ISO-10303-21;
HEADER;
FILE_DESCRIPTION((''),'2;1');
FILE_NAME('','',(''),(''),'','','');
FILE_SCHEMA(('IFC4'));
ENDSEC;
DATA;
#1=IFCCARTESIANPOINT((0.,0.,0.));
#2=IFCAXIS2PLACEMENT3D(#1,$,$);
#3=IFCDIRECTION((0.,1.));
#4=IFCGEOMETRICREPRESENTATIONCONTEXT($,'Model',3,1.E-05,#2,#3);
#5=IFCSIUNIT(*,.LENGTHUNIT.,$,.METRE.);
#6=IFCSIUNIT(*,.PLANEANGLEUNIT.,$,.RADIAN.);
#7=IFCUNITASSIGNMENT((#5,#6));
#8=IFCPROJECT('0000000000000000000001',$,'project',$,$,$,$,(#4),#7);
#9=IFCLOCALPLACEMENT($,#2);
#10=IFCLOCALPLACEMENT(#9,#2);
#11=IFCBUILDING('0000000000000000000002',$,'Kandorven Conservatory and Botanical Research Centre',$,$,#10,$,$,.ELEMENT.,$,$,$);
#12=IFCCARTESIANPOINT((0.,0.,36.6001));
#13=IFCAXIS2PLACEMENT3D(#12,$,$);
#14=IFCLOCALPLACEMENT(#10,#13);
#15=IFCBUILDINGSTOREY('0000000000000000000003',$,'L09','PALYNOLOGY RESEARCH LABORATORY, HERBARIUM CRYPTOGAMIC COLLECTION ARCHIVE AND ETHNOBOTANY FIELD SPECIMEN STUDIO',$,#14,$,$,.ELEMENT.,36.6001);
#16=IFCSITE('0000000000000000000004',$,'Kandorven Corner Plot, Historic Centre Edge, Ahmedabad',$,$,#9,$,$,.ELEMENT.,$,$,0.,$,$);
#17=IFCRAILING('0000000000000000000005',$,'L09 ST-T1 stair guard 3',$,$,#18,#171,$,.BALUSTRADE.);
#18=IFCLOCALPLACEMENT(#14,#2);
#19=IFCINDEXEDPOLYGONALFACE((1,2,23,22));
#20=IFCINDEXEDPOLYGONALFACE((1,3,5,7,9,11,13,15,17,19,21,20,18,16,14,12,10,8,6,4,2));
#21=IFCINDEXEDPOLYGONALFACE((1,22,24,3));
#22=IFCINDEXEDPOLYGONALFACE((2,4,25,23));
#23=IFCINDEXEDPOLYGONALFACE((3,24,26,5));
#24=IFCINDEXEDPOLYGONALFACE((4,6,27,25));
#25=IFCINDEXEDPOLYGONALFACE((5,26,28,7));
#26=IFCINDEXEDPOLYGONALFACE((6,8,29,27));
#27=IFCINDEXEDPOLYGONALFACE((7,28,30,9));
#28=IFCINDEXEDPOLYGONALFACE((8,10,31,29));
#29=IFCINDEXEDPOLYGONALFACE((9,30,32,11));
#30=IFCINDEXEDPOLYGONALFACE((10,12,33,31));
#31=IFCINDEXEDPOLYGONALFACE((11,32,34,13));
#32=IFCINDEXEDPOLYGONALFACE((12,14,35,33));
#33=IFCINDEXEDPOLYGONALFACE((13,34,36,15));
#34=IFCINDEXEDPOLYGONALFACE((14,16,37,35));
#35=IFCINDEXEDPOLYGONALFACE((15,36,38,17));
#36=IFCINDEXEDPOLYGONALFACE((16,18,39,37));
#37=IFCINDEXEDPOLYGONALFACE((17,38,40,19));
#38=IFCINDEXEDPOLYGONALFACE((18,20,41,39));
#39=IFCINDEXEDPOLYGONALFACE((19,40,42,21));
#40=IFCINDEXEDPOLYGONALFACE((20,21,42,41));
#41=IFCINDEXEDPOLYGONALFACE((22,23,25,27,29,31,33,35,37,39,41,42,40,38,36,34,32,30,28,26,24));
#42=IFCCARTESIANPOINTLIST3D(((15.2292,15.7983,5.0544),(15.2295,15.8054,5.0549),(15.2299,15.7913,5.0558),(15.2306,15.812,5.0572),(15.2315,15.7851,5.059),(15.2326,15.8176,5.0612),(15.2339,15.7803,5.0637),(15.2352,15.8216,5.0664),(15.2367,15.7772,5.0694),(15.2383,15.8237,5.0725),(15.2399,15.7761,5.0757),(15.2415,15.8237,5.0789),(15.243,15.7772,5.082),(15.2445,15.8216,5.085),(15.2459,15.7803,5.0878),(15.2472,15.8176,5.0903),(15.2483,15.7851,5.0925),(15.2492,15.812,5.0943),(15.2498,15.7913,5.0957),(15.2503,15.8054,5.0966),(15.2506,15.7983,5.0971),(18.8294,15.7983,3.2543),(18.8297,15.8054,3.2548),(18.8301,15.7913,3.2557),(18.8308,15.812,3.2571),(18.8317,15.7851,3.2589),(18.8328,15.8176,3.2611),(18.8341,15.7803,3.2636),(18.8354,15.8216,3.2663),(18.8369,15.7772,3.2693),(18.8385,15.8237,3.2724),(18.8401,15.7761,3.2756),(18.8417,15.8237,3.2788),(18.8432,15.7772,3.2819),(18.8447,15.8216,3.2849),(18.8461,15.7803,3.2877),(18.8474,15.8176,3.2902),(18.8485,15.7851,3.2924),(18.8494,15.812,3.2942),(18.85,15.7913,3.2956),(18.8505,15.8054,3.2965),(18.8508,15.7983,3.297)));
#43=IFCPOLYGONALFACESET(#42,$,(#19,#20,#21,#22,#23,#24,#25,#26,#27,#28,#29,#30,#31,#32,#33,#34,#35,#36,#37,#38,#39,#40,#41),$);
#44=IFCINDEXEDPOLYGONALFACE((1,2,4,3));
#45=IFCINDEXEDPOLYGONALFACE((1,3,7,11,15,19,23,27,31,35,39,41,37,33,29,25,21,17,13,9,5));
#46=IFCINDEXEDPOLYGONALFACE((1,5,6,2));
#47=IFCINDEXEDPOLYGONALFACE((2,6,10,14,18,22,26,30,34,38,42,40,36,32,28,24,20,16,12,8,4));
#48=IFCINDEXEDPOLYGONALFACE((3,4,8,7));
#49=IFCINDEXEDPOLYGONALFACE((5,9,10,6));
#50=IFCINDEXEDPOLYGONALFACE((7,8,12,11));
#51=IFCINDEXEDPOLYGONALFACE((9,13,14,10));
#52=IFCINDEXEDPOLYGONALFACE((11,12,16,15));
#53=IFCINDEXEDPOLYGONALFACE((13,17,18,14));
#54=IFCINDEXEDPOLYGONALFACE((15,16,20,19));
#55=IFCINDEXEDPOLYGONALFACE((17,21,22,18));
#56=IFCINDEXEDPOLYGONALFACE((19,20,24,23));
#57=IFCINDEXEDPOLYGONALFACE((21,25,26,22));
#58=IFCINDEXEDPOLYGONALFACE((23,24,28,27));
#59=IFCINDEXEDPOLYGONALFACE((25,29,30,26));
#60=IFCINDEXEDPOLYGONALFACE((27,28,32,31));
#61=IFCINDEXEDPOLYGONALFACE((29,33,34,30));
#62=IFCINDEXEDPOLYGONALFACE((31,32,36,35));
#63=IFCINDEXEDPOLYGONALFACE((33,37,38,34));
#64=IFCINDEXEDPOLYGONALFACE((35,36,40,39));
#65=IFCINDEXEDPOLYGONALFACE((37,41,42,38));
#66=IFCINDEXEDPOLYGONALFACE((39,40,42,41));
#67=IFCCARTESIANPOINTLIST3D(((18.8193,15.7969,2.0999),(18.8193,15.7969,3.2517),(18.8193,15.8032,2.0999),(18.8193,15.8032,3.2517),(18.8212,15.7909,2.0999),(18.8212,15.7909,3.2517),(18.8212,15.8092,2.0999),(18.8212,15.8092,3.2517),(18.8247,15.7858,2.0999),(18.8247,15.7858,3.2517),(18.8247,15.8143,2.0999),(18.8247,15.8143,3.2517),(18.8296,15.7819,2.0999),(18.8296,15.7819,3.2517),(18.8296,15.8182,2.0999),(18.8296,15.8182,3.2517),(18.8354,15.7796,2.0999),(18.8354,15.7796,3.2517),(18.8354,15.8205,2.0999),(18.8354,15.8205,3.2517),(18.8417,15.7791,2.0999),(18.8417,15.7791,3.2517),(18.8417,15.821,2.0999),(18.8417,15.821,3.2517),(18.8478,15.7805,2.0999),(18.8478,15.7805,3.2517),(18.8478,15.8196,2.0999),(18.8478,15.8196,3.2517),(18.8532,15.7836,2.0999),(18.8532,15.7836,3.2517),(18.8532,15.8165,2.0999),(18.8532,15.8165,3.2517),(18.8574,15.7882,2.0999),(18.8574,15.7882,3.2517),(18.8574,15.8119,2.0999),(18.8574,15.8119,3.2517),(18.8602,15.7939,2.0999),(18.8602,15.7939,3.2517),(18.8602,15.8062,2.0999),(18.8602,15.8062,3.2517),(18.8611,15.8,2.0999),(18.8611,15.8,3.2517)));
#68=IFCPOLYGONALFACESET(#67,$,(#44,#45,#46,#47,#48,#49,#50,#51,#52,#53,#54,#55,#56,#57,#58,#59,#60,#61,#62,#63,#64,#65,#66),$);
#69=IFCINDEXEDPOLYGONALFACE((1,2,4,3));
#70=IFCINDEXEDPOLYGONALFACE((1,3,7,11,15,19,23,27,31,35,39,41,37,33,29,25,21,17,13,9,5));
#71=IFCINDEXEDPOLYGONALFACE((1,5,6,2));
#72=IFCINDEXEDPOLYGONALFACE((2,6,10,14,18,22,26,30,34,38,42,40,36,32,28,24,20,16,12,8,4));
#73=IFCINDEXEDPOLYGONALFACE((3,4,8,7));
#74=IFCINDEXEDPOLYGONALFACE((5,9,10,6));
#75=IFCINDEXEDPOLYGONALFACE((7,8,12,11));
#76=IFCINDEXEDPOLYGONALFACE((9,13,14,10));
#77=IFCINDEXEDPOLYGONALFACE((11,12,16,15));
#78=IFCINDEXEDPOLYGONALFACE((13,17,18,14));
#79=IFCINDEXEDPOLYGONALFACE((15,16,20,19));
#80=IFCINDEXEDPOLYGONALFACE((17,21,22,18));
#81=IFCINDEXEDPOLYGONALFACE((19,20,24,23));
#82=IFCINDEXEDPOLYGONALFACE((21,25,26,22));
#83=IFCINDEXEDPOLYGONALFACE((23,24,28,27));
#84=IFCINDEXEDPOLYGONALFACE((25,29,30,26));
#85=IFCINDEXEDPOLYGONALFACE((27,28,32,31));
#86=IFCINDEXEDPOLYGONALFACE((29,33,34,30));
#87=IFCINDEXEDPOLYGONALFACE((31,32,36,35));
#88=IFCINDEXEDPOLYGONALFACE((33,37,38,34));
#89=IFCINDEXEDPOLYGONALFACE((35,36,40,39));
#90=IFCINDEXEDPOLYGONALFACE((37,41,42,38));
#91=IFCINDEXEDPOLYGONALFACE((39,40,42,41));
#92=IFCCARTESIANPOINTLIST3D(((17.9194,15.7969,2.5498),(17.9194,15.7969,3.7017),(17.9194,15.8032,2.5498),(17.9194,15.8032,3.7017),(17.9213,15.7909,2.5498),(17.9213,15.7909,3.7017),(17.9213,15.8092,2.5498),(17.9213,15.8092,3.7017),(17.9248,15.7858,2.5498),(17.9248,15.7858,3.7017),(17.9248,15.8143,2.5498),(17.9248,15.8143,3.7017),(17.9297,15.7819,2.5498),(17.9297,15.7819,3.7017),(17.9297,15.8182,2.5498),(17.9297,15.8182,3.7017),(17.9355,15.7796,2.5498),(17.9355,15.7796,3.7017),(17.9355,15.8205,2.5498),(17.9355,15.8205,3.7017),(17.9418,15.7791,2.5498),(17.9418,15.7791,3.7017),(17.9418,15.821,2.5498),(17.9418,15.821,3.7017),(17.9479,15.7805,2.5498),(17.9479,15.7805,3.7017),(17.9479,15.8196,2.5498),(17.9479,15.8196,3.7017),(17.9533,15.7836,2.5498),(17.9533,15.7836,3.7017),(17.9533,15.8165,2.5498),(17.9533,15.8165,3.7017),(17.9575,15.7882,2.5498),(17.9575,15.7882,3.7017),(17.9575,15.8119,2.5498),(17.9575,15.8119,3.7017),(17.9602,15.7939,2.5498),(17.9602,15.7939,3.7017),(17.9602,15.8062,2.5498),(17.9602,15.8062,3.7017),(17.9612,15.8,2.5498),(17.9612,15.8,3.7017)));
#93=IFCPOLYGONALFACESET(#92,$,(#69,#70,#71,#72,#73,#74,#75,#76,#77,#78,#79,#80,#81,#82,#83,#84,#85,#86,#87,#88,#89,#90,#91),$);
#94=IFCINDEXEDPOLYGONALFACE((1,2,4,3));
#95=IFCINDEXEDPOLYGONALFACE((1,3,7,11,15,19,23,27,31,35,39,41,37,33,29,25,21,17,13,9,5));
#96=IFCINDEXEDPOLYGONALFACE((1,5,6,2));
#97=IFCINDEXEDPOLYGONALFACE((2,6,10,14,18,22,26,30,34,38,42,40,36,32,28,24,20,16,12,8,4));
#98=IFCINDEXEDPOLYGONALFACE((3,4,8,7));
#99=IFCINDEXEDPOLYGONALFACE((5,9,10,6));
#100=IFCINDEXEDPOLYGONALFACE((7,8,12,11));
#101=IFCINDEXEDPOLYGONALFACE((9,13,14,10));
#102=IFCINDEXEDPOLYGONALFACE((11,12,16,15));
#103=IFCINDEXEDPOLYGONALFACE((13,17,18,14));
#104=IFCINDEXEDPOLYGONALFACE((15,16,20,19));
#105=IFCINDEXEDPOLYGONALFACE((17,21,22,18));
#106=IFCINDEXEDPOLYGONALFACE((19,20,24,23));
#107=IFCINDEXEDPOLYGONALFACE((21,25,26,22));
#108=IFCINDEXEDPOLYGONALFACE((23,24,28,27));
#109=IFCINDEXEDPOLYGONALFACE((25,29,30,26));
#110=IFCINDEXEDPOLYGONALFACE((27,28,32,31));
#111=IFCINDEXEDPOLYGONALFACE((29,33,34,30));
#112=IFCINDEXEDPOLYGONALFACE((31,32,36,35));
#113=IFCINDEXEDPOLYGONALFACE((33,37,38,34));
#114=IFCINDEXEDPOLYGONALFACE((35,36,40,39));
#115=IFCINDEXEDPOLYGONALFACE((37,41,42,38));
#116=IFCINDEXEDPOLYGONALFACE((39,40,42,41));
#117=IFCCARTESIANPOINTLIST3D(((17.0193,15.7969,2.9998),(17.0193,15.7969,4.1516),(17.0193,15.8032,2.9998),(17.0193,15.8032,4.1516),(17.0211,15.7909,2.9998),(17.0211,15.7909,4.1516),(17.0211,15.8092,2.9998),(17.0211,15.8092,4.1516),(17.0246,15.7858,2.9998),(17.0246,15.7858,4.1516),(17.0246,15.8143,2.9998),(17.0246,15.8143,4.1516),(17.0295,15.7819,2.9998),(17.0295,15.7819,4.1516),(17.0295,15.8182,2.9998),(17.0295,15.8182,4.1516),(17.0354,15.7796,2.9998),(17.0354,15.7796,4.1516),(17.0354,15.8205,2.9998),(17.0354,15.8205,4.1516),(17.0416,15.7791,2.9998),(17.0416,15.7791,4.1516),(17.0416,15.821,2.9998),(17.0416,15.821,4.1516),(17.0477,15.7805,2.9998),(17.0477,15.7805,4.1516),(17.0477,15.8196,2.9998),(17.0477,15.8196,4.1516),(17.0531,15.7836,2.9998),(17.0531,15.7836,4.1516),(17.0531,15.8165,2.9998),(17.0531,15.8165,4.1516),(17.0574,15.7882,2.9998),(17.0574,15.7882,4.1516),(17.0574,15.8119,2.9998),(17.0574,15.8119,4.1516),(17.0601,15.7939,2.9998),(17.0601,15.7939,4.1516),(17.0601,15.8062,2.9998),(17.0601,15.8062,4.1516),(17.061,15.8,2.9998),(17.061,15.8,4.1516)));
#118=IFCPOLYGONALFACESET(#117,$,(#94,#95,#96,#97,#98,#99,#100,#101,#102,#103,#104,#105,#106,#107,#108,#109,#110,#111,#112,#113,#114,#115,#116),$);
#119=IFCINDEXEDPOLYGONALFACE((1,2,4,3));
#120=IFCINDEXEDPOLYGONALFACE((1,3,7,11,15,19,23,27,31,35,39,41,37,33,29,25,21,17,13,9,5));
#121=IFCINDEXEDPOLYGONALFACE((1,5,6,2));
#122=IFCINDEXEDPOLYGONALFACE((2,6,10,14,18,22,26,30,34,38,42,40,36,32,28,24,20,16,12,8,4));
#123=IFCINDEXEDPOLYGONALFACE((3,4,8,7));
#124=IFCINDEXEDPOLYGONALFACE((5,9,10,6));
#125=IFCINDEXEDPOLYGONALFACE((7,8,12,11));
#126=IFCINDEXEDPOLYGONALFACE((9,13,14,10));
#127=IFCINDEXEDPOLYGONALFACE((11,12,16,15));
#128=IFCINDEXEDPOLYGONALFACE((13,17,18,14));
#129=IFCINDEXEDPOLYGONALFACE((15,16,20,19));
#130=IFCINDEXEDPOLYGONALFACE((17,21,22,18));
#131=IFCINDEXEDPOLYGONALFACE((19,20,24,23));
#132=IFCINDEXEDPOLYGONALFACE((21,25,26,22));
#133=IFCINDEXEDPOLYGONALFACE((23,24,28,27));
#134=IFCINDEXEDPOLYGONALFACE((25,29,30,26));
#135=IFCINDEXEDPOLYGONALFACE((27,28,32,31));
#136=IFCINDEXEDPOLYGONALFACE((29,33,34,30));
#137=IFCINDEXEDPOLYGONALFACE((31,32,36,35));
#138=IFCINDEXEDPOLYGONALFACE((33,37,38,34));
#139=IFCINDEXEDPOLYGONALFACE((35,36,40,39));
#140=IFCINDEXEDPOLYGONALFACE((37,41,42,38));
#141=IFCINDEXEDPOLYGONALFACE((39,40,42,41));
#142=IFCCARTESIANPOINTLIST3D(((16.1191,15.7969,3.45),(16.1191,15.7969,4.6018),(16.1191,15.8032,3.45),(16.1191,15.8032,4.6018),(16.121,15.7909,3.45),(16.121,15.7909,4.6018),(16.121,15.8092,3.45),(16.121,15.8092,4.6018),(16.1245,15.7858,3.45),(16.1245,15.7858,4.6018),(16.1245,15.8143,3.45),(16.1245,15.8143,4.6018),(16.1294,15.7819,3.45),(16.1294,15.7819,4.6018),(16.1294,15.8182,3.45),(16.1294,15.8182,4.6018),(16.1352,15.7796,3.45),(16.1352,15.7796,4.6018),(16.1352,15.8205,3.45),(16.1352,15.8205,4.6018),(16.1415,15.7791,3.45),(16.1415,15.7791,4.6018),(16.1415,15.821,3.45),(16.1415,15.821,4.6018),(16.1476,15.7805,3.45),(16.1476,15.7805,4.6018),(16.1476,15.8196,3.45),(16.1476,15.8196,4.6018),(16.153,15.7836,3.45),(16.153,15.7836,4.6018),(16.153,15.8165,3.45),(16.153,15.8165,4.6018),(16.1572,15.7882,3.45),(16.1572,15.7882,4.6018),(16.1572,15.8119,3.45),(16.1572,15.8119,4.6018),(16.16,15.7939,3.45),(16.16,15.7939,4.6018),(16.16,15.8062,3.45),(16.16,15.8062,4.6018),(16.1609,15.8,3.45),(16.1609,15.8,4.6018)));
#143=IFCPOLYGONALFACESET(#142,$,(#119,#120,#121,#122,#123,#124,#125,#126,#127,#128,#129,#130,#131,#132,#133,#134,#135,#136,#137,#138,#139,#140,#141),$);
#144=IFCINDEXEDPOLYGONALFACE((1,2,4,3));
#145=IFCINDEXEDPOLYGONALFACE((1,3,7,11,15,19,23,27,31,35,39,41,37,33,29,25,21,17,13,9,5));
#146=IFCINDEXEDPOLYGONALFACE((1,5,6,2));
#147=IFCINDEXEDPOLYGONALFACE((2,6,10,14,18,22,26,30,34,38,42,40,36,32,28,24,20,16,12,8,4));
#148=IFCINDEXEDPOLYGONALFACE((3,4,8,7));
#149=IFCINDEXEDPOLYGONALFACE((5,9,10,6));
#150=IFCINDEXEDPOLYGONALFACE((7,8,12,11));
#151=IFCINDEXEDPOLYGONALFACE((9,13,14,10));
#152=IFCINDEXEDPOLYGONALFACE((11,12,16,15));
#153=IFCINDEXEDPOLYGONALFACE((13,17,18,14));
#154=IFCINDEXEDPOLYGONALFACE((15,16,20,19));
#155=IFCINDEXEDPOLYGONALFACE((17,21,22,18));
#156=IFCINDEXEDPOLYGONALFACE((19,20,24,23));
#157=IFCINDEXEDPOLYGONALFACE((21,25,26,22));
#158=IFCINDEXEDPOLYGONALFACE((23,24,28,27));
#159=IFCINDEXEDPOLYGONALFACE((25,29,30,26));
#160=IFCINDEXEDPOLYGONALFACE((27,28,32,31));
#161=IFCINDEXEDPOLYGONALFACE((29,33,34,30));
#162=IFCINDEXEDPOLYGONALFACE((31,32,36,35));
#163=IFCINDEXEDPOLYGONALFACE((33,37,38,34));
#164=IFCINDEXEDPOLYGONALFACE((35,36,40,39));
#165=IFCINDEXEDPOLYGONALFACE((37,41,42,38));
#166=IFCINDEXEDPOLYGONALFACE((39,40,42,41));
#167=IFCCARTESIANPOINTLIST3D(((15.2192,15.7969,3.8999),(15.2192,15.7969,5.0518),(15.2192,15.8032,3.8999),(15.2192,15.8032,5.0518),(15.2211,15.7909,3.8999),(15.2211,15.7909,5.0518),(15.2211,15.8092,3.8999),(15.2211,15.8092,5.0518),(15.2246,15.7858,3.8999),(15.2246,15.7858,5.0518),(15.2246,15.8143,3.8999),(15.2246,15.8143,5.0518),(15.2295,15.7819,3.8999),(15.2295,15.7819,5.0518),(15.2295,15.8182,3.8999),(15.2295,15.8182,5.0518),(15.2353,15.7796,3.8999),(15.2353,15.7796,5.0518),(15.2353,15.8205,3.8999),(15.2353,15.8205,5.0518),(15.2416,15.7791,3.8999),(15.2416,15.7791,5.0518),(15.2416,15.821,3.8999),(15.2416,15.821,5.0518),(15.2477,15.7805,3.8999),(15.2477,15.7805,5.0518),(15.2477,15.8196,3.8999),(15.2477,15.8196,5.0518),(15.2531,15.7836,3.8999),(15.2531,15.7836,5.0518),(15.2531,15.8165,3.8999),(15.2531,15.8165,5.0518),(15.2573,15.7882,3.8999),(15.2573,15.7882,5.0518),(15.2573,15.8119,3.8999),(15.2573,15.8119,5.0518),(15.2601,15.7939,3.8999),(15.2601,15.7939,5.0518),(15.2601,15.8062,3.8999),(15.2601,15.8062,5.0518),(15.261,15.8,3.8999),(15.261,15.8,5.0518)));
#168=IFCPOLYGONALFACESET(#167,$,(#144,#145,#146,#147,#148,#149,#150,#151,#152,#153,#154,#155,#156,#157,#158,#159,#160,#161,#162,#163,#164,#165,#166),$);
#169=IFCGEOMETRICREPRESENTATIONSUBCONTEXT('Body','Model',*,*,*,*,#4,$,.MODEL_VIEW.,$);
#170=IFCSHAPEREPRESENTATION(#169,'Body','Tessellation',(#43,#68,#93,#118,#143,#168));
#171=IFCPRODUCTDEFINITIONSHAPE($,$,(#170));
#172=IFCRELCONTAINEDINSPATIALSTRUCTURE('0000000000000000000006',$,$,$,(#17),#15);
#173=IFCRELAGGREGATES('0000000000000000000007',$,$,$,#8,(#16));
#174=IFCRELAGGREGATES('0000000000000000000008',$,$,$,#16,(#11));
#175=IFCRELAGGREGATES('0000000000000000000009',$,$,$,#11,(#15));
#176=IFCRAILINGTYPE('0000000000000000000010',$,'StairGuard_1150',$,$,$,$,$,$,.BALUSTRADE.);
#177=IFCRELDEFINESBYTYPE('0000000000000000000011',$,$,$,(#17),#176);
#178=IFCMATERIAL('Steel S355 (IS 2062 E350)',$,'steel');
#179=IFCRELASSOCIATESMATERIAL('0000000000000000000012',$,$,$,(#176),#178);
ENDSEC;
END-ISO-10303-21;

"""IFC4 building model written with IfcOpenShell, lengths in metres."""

from ifc_helpers import new_model, si_unit, direction, frame, origin, origin_2d, place, context, subcontext, project, spatial, circle, extrude, material, type_object, element, save


model = new_model("IFC4")

# Units and contexts
model_context = context("Model", 3, precision=1e-05, world=origin(), true_north=direction((0.0, 1.0)))
body_context = subcontext(model_context, "Body", "Model", "MODEL_VIEW")
ifc_project = project(units=[si_unit("LENGTHUNIT", "METRE"), si_unit("PLANEANGLEUNIT", "RADIAN")], contexts=[model_context])

# Site, building, storey
site_placement = place(None, origin())
site = spatial("IfcSite", under=ifc_project, at=site_placement, Name="Kandorven Corner Plot, Historic Centre Edge, Ahmedabad", CompositionType="ELEMENT", RefElevation=0.0)
building_placement = place(site_placement, origin())
building = spatial("IfcBuilding", under=site, at=building_placement, Name="Kandorven Conservatory and Botanical Research Centre", CompositionType="ELEMENT")
storey_placement = place(building_placement, frame((0.0, 0.0, 36.6001)))
storey = spatial("IfcBuildingStorey", under=building, at=storey_placement, Name="L09", Description="PALYNOLOGY RESEARCH LABORATORY, HERBARIUM CRYPTOGAMIC COLLECTION ARCHIVE AND ETHNOBOTANY FIELD SPECIMEN STUDIO", CompositionType="ELEMENT", Elevation=36.6001)

# Railing
ifc_material_1 = material(Name="Steel S355 (IS 2062 E350)", Category="steel")
railing_type_1 = type_object("IfcRailingType", Name="StairGuard_1150", PredefinedType="BALUSTRADE", material=ifc_material_1)
railing_1_placement = place(storey_placement, frame((18.8401, 15.8, 2.0999)))
element("IfcRailing", 1, at=railing_1_placement, inside=storey, type_object=railing_type_1, Name="L09 ST-T1 stair guard 3", PredefinedType="BALUSTRADE", context=body_context, shape_type="SweptSolid", body=[
    extrude(circle(Radius=0.0239, at=origin_2d()), frame((0.0, 0.0, 1.1758), z_axis=(-0.894427, 0.0, 0.447214), x_axis=(0.0, -1.0, 0.0)), (0.0, 0.0, 1.0), 4.0251),
    extrude(circle(Radius=0.021, at=origin_2d()), origin(), (0.0, 0.0, 1.0), 1.1519),
    extrude(circle(Radius=0.021, at=origin_2d()), frame((-0.8999, 0.0, 0.45)), (0.0, 0.0, 1.0), 1.1519),
    extrude(circle(Radius=0.021, at=origin_2d()), frame((-1.8, 0.0, 0.8999)), (0.0, 0.0, 1.0), 1.1519),
    extrude(circle(Radius=0.021, at=origin_2d()), frame((-2.7002, 0.0, 1.3501)), (0.0, 0.0, 1.0), 1.1519),
    extrude(circle(Radius=0.021, at=origin_2d()), frame((-3.6001, 0.0, 1.8)), (0.0, 0.0, 1.0), 1.1519),
])

save(model, "model.ifc")
